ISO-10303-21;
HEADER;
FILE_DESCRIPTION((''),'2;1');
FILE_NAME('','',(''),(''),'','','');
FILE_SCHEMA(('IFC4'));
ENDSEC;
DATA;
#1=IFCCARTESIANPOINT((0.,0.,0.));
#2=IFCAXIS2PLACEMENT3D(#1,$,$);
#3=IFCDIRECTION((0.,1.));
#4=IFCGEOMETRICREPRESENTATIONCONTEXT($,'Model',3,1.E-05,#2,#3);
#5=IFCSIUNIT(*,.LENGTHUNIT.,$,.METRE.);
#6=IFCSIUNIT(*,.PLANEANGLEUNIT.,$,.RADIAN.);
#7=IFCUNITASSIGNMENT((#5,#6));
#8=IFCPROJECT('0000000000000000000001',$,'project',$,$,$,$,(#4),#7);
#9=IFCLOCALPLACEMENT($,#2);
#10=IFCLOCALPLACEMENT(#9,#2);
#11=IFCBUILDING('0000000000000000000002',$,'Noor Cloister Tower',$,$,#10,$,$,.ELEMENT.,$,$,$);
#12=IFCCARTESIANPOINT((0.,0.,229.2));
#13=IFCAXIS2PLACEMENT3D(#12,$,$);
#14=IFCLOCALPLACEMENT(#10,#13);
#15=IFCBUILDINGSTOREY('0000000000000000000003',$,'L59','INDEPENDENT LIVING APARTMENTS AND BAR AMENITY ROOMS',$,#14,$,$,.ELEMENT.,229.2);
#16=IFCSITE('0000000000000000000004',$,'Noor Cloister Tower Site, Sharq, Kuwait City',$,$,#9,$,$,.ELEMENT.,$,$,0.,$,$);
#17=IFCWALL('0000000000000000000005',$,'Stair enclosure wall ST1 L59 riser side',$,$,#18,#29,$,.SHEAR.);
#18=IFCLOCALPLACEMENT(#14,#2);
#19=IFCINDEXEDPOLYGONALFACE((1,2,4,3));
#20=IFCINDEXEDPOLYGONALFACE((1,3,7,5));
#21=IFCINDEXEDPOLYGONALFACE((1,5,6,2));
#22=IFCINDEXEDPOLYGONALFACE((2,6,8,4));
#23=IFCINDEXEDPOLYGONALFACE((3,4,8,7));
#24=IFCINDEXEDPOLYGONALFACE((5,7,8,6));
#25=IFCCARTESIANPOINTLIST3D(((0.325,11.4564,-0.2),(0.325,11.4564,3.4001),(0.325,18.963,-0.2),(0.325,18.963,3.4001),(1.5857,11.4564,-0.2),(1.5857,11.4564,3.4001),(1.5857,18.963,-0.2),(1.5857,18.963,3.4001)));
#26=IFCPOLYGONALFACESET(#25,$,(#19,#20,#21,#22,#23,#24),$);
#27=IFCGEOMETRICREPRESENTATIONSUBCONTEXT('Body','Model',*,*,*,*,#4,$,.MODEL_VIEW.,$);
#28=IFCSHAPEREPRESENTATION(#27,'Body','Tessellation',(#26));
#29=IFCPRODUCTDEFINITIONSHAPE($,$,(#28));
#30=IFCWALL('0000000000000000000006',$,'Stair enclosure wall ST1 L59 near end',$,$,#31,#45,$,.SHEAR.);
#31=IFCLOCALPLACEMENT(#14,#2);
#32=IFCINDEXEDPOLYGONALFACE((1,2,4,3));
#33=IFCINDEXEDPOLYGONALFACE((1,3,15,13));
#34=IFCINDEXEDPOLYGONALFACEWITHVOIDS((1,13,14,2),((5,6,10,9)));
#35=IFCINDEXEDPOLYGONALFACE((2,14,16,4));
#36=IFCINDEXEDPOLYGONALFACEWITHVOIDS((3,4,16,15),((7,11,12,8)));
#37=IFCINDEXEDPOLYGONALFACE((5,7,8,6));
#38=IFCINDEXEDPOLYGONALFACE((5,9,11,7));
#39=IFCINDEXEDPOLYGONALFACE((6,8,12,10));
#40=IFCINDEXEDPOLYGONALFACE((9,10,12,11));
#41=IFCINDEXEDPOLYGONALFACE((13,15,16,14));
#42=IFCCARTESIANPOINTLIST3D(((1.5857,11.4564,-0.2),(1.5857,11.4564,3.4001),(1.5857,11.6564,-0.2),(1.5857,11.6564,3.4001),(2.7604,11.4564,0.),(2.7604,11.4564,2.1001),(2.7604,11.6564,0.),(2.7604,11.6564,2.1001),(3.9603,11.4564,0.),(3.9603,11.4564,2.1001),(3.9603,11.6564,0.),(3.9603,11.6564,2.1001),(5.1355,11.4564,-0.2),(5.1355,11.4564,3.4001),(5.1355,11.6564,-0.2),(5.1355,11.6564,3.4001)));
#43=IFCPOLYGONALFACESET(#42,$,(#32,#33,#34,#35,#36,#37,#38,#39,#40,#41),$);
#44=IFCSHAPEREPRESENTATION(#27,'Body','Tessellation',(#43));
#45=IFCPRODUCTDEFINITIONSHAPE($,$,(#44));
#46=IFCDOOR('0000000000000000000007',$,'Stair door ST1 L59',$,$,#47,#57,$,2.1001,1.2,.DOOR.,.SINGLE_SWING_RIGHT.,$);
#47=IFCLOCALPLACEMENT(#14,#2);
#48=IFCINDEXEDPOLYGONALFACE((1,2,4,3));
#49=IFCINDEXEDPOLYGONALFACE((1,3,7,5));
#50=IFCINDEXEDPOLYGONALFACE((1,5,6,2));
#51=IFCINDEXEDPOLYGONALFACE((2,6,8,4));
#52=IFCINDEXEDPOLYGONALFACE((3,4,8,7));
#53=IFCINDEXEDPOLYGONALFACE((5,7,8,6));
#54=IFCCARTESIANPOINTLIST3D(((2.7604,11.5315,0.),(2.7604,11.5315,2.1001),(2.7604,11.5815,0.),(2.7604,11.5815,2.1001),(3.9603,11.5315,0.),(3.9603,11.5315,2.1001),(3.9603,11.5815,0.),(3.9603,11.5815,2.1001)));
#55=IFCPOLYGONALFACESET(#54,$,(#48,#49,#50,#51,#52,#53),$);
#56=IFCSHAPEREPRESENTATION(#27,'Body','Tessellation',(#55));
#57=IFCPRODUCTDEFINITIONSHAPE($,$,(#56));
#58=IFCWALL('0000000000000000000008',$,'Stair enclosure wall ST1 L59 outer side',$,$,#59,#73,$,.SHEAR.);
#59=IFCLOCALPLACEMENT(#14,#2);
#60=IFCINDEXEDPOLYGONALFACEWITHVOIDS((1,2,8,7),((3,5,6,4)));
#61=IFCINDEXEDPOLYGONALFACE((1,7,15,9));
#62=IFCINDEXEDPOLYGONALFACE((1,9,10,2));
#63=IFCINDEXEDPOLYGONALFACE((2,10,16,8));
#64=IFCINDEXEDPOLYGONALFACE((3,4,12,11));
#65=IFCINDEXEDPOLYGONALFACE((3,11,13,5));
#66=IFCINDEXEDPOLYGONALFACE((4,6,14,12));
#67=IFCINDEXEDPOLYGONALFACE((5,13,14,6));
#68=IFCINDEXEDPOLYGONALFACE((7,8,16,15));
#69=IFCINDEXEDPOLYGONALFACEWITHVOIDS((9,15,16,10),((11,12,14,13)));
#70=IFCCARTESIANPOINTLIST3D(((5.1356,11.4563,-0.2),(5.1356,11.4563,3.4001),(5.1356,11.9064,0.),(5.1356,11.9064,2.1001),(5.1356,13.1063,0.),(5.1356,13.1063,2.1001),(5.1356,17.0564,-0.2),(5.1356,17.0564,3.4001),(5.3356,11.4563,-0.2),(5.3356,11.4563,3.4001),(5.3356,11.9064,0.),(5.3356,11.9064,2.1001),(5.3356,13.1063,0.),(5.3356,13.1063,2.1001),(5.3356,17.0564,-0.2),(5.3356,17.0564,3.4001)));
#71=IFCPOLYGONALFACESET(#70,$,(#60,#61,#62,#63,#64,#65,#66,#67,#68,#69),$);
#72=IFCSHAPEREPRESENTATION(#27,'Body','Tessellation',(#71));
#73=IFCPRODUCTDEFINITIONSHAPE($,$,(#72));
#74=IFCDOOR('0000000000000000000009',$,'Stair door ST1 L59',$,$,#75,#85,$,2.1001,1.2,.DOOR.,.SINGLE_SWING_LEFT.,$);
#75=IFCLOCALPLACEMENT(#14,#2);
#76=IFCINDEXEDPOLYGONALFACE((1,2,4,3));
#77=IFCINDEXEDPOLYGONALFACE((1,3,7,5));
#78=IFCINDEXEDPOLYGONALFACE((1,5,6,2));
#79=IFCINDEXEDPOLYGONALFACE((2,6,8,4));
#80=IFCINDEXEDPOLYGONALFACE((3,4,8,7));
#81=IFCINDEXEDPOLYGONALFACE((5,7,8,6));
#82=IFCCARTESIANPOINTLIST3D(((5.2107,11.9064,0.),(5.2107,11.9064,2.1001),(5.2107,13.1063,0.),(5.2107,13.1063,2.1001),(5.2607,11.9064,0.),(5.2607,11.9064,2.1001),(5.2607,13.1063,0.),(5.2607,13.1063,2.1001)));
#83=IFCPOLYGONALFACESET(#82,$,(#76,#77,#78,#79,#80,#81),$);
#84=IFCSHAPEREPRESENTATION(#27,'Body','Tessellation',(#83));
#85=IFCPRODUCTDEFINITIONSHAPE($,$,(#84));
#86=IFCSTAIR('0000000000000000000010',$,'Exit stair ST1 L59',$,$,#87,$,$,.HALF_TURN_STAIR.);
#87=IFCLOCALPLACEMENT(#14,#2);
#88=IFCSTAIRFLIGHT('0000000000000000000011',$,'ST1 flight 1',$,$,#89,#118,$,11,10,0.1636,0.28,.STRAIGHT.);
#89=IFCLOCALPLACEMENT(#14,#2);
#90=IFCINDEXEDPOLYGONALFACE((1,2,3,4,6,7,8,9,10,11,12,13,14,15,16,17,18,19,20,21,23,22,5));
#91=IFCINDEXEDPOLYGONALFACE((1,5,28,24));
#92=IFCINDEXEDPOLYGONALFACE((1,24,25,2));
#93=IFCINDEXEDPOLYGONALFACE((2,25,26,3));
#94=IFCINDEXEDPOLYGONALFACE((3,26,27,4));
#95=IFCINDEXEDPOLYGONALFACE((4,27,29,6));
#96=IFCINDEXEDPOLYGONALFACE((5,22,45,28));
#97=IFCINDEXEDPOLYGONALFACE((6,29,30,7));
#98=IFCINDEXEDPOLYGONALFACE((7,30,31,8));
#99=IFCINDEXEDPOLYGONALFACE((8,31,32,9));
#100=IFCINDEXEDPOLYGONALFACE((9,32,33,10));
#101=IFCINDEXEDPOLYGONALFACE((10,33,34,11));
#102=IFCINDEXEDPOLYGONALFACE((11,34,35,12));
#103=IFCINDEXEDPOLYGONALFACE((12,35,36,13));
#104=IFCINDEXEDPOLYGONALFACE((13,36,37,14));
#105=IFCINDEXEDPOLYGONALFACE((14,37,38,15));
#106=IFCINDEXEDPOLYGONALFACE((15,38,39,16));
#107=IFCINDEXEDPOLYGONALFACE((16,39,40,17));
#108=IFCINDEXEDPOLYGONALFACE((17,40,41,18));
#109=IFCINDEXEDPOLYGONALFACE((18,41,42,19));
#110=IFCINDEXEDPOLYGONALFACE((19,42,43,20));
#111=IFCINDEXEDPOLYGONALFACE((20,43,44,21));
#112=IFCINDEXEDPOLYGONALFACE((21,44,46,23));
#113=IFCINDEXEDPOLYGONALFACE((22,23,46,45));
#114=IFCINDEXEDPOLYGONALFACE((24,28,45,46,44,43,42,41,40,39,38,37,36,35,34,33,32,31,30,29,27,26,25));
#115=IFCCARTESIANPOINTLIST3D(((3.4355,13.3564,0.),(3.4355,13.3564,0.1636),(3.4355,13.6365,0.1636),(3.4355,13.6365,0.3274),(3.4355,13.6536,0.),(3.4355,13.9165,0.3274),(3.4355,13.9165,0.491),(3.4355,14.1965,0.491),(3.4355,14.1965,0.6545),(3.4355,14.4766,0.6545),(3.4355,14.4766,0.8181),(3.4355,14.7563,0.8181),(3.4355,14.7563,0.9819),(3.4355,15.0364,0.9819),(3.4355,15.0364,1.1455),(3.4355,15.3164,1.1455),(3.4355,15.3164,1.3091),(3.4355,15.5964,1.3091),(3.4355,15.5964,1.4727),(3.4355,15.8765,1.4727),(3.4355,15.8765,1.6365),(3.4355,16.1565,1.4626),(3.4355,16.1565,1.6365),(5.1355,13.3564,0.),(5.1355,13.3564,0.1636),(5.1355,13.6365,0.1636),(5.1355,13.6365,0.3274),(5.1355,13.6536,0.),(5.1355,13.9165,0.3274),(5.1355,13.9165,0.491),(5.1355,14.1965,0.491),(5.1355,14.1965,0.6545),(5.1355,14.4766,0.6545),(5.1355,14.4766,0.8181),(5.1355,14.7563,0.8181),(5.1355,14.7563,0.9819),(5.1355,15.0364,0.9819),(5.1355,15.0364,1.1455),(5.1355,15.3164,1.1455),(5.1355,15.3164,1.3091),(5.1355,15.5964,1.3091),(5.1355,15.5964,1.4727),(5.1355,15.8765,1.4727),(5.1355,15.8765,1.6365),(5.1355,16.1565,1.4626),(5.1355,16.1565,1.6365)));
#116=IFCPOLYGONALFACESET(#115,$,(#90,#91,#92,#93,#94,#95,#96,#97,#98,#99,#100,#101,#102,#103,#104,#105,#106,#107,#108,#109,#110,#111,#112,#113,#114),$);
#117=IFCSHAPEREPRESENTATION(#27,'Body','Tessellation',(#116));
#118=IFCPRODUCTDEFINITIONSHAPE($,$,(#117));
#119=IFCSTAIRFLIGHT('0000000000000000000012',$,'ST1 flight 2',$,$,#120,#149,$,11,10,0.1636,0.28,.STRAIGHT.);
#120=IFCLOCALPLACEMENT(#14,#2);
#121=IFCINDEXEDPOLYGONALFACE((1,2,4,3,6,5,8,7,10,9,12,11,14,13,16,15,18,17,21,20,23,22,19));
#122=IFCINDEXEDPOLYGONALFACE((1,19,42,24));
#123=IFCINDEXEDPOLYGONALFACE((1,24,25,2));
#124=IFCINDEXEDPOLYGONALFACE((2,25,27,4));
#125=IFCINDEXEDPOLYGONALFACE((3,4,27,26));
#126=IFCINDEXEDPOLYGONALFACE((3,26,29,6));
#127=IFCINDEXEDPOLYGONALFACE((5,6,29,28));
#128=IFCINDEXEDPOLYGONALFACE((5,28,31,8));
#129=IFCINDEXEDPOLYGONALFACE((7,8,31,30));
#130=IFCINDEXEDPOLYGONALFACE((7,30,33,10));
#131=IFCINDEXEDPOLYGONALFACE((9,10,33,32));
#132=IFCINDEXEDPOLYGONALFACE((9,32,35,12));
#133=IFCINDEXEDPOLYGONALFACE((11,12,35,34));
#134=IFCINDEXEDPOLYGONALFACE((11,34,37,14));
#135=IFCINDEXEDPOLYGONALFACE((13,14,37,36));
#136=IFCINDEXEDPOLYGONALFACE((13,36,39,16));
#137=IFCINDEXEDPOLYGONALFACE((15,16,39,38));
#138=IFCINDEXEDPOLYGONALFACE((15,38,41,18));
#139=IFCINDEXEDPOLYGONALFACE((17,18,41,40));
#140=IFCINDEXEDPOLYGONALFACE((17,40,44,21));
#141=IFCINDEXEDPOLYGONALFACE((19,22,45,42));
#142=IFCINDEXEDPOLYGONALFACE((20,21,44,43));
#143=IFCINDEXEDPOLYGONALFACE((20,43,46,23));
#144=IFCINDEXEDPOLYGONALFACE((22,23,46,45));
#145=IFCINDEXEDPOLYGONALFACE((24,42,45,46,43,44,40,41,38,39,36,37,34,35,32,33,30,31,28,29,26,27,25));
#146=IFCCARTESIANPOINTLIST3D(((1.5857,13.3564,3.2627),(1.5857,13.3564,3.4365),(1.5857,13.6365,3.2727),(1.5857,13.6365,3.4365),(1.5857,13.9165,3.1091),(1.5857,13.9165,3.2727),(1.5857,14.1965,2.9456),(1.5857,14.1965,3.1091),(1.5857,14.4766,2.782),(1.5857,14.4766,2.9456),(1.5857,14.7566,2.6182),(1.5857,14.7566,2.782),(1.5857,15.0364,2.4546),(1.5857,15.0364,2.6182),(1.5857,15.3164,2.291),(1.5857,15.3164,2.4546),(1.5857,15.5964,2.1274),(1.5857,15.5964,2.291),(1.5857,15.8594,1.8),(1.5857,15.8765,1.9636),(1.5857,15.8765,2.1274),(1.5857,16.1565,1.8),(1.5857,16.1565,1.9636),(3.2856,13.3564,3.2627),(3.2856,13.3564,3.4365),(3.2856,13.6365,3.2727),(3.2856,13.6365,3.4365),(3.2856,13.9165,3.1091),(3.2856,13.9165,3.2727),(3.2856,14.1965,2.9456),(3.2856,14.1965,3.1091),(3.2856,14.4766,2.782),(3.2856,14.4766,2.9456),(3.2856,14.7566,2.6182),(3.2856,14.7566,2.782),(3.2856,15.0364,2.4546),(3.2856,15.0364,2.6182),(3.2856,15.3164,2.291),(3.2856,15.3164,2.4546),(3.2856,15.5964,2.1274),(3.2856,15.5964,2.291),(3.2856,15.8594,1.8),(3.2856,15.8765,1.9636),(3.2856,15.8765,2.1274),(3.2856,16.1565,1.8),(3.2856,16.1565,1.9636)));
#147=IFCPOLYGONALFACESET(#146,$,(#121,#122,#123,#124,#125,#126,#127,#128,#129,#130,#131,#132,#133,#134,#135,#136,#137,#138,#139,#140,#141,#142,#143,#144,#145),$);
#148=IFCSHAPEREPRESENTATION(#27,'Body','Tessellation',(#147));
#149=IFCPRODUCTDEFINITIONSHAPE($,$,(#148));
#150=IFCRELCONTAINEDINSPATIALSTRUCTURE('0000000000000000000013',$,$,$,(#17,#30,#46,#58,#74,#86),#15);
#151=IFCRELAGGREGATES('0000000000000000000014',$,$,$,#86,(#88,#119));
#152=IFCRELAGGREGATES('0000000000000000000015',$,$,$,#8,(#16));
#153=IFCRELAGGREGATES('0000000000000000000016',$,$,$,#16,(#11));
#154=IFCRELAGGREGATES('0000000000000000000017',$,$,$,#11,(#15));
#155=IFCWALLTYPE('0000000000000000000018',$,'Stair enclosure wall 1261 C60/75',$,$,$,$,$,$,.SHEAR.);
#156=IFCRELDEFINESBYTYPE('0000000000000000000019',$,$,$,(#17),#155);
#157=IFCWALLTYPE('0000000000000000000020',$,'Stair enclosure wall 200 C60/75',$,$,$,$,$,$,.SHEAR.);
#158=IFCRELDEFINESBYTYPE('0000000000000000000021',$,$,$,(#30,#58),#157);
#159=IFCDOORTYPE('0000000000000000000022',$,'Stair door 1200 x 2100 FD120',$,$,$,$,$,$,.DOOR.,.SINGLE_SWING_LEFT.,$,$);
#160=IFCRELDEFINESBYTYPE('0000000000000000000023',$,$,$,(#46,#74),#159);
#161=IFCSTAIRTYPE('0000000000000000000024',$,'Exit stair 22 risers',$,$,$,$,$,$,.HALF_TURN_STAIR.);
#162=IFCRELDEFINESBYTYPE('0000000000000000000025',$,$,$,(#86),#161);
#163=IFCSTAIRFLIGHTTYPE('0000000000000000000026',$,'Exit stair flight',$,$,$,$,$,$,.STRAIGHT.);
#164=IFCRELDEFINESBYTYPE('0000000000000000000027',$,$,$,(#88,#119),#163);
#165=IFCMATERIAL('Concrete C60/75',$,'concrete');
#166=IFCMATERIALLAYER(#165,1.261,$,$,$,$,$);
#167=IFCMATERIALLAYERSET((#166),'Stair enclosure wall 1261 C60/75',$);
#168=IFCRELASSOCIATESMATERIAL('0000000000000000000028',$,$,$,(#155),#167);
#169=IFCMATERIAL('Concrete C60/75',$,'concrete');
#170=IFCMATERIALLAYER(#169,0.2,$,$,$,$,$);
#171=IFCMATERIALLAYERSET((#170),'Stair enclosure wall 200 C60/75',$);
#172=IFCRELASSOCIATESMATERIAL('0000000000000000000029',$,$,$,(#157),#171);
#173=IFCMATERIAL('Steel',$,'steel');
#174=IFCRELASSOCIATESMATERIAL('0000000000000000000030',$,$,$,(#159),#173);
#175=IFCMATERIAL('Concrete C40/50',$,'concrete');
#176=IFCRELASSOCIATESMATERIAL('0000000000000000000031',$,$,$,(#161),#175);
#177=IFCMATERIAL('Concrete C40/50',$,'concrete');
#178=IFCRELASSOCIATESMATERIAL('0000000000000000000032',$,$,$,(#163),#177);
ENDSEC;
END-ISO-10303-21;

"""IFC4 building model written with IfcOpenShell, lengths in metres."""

from ifc_helpers import new_model, si_unit, direction, frame, frame_2d, origin, place, context, subcontext, project, spatial, polyline, rectangle, outline, extrude, material, layer, layer_set, type_object, element, fill, aggregate, save


model = new_model("IFC4")

# Units and contexts
model_context = context("Model", 3, precision=1e-05, world=origin(), true_north=direction((0.0, 1.0)))
body_context = subcontext(model_context, "Body", "Model", "MODEL_VIEW")
ifc_project = project(units=[si_unit("LENGTHUNIT", "METRE"), si_unit("PLANEANGLEUNIT", "RADIAN")], contexts=[model_context])

# Site, building, storey
site_placement = place(None, origin())
site = spatial("IfcSite", under=ifc_project, at=site_placement, Name="Noor Cloister Tower Site, Sharq, Kuwait City", CompositionType="ELEMENT", RefElevation=0.0)
building_placement = place(site_placement, origin())
building = spatial("IfcBuilding", under=site, at=building_placement, Name="Noor Cloister Tower", CompositionType="ELEMENT")
storey_placement = place(building_placement, frame((0.0, 0.0, 229.2)))
storey = spatial("IfcBuildingStorey", under=building, at=storey_placement, Name="L59", Description="INDEPENDENT LIVING APARTMENTS AND BAR AMENITY ROOMS", CompositionType="ELEMENT", Elevation=229.2)

# Wall
ifc_material_1 = material(Name="Concrete C60/75", Category="concrete")
ifc_layer_1 = layer(ifc_material_1, 1.261)
ifc_layer_set_1 = layer_set([ifc_layer_1], Name="Stair enclosure wall 1261 C60/75")
wall_type_1 = type_object("IfcWallType", Name="Stair enclosure wall 1261 C60/75", PredefinedType="SHEAR", material=ifc_layer_set_1)
wall_1_placement = place(storey_placement, frame((0.9553, 11.4563, -0.2), z_axis=(0.0, 0.0, 1.0), x_axis=(0.0, 1.0, 0.0)))
element("IfcWall", 1, at=wall_1_placement, inside=storey, type_object=wall_type_1, Name="Stair enclosure wall ST1 L59 riser side", PredefinedType="SHEAR", context=body_context, shape_type="SweptSolid", body=[
    extrude(rectangle(XDim=7.5066, YDim=1.2607, at=frame_2d((3.7534, 0.0))), origin(), (0.0, 0.0, 1.0), 3.6001),
])

# Walls, openings, doors
ifc_material_2 = material(Name="Concrete C60/75", Category="concrete")
ifc_layer_2 = layer(ifc_material_2, 0.2)
ifc_layer_set_2 = layer_set([ifc_layer_2], Name="Stair enclosure wall 200 C60/75")
wall_type_2 = type_object("IfcWallType", Name="Stair enclosure wall 200 C60/75", PredefinedType="SHEAR", material=ifc_layer_set_2)
wall_2_placement = place(storey_placement, frame((5.1355, 11.5564, -0.2), z_axis=(0.0, 0.0, 1.0), x_axis=(-1.0, 0.0, 0.0)))
wall_2 = element("IfcWall", 2, at=wall_2_placement, inside=storey, type_object=wall_type_2, Name="Stair enclosure wall ST1 L59 near end", PredefinedType="SHEAR", context=body_context, shape_type="SweptSolid", body=[
    extrude(rectangle(XDim=3.5498, YDim=0.2, at=frame_2d((1.7749, 0.0))), origin(), (0.0, 0.0, 1.0), 3.6001),
])
opening_1_placement = place(wall_2_placement, frame((1.175, 0.0, 0.2)))
opening_1 = element("IfcOpeningElement", 3, at=opening_1_placement, cuts=wall_2, PredefinedType="OPENING", context=body_context, shape_type="SweptSolid", body=[
    extrude(rectangle(XDim=1.2, YDim=2.1001, at=frame_2d((0.6001, 1.05))), frame((0.0, 0.1099, 0.0), z_axis=(0.0, -1.0, 0.0), x_axis=(1.0, 0.0, 0.0)), (0.0, 0.0, 1.0), 0.22),
])
ifc_material_3 = material(Name="Steel", Category="steel")
door_type_1 = type_object("IfcDoorType", Name="Stair door 1200 x 2100 FD120", OperationType="SINGLE_SWING_LEFT", PredefinedType="DOOR", material=ifc_material_3)
door_1_placement = place(opening_1_placement, origin())
door_1 = element("IfcDoor", 4, at=door_1_placement, inside=storey, type_object=door_type_1, Name="Stair door ST1 L59", OperationType="SINGLE_SWING_RIGHT", OverallHeight=2.1001, OverallWidth=1.2, PredefinedType="DOOR", context=body_context, shape_type="SweptSolid", body=[
    extrude(rectangle(XDim=1.2, YDim=2.1001, at=frame_2d((0.6001, 1.05))), frame((0.0, 0.0249, 0.0), z_axis=(0.0, -1.0, 0.0), x_axis=(1.0, 0.0, 0.0)), (0.0, 0.0, 1.0), 0.05),
])
fill(opening_1, door_1)
wall_3_placement = place(storey_placement, frame((5.2356, 11.4563, -0.2), z_axis=(0.0, 0.0, 1.0), x_axis=(0.0, 1.0, 0.0)))
wall_3 = element("IfcWall", 5, at=wall_3_placement, inside=storey, type_object=wall_type_2, Name="Stair enclosure wall ST1 L59 outer side", PredefinedType="SHEAR", context=body_context, shape_type="SweptSolid", body=[
    extrude(rectangle(XDim=5.6001, YDim=0.2, at=frame_2d((2.8, 0.0))), origin(), (0.0, 0.0, 1.0), 3.6001),
])
opening_2_placement = place(wall_3_placement, frame((0.45, 0.0, 0.2)))
opening_2 = element("IfcOpeningElement", 6, at=opening_2_placement, cuts=wall_3, PredefinedType="OPENING", context=body_context, shape_type="SweptSolid", body=[
    extrude(rectangle(XDim=1.2, YDim=2.1001, at=frame_2d((0.6001, 1.05))), frame((0.0, 0.1099, 0.0), z_axis=(0.0, -1.0, 0.0), x_axis=(1.0, 0.0, 0.0)), (0.0, 0.0, 1.0), 0.22),
])
door_2_placement = place(opening_2_placement, origin())
door_2 = element("IfcDoor", 7, at=door_2_placement, inside=storey, type_object=door_type_1, Name="Stair door ST1 L59", OperationType="SINGLE_SWING_LEFT", OverallHeight=2.1001, OverallWidth=1.2, PredefinedType="DOOR", context=body_context, shape_type="SweptSolid", body=[
    extrude(rectangle(XDim=1.2, YDim=2.1001, at=frame_2d((0.6001, 1.05))), frame((0.0, 0.0249, 0.0), z_axis=(0.0, -1.0, 0.0), x_axis=(1.0, 0.0, 0.0)), (0.0, 0.0, 1.0), 0.05),
])
fill(opening_2, door_2)

# Stair, stair flights
ifc_material_4 = material(Name="Concrete C40/50", Category="concrete")
stair_type = type_object("IfcStairType", Name="Exit stair 22 risers", PredefinedType="HALF_TURN_STAIR", material=ifc_material_4)
stair_placement = place(storey_placement, origin())
stair = element("IfcStair", 8, at=stair_placement, inside=storey, type_object=stair_type, Name="Exit stair ST1 L59", PredefinedType="HALF_TURN_STAIR")
ifc_material_5 = material(Name="Concrete C40/50", Category="concrete")
stair_flight_type = type_object("IfcStairFlightType", Name="Exit stair flight", PredefinedType="STRAIGHT", material=ifc_material_5)
stair_flight_1_placement = place(storey_placement, frame((4.2856, 13.3564, 0.0), z_axis=(0.0, 0.0, 1.0), x_axis=(0.0, 1.0, 0.0)))
stair_flight_1 = element("IfcStairFlight", 9, at=stair_flight_1_placement, type_object=stair_flight_type, Name="ST1 flight 1", NumberOfRisers=11, NumberOfTreads=10, PredefinedType="STRAIGHT", RiserHeight=0.1636, TreadLength=0.28, context=body_context, shape_type="SweptSolid", body=[
    extrude(outline(polyline([(0.0, 0.0), (0.0, 0.1636), (0.28, 0.1636), (0.28, 0.3274), (0.5601, 0.3274), (0.5601, 0.491), (0.8401, 0.491), (0.8401, 0.6545), (1.1201, 0.6545), (1.1201, 0.8181), (1.3999, 0.8181), (1.3999, 0.9819), (1.6799, 0.9819), (1.6799, 1.1455), (1.96, 1.1455), (1.96, 1.3091), (2.24, 1.3091), (2.24, 1.4727), (2.52, 1.4727), (2.52, 1.6365), (2.8, 1.6365), (2.8, 1.8), (2.8, 1.4626), (0.2971, 0.0), (0.0, 0.0)])), frame((0.0, 0.8501, 0.0), z_axis=(0.0, -1.0, 0.0), x_axis=(1.0, 0.0, 0.0)), (0.0, 0.0, 1.0), 1.7),
])
stair_flight_2_placement = place(storey_placement, frame((2.4355, 16.1565, 1.8), z_axis=(0.0, 0.0, 1.0), x_axis=(0.0, -1.0, 0.0)))
stair_flight_2 = element("IfcStairFlight", 10, at=stair_flight_2_placement, type_object=stair_flight_type, Name="ST1 flight 2", NumberOfRisers=11, NumberOfTreads=10, PredefinedType="STRAIGHT", RiserHeight=0.1636, TreadLength=0.28, context=body_context, shape_type="SweptSolid", body=[
    extrude(outline(polyline([(0.0, 0.0), (0.0, 0.1636), (0.28, 0.1636), (0.28, 0.3274), (0.5601, 0.3274), (0.5601, 0.491), (0.8401, 0.491), (0.8401, 0.6545), (1.1201, 0.6545), (1.1201, 0.8181), (1.3999, 0.8181), (1.3999, 0.9819), (1.6799, 0.9819), (1.6799, 1.1455), (1.96, 1.1455), (1.96, 1.3091), (2.24, 1.3091), (2.24, 1.4727), (2.52, 1.4727), (2.52, 1.6365), (2.8, 1.6365), (2.8, 1.8), (2.8, 1.4626), (0.2971, 0.0), (0.0, 0.0)])), frame((0.0, 0.8501, 0.0), z_axis=(0.0, -1.0, 0.0), x_axis=(1.0, 0.0, 0.0)), (0.0, 0.0, 1.0), 1.7),
])
aggregate(stair, [stair_flight_1, stair_flight_2])

save(model, "model.ifc")
